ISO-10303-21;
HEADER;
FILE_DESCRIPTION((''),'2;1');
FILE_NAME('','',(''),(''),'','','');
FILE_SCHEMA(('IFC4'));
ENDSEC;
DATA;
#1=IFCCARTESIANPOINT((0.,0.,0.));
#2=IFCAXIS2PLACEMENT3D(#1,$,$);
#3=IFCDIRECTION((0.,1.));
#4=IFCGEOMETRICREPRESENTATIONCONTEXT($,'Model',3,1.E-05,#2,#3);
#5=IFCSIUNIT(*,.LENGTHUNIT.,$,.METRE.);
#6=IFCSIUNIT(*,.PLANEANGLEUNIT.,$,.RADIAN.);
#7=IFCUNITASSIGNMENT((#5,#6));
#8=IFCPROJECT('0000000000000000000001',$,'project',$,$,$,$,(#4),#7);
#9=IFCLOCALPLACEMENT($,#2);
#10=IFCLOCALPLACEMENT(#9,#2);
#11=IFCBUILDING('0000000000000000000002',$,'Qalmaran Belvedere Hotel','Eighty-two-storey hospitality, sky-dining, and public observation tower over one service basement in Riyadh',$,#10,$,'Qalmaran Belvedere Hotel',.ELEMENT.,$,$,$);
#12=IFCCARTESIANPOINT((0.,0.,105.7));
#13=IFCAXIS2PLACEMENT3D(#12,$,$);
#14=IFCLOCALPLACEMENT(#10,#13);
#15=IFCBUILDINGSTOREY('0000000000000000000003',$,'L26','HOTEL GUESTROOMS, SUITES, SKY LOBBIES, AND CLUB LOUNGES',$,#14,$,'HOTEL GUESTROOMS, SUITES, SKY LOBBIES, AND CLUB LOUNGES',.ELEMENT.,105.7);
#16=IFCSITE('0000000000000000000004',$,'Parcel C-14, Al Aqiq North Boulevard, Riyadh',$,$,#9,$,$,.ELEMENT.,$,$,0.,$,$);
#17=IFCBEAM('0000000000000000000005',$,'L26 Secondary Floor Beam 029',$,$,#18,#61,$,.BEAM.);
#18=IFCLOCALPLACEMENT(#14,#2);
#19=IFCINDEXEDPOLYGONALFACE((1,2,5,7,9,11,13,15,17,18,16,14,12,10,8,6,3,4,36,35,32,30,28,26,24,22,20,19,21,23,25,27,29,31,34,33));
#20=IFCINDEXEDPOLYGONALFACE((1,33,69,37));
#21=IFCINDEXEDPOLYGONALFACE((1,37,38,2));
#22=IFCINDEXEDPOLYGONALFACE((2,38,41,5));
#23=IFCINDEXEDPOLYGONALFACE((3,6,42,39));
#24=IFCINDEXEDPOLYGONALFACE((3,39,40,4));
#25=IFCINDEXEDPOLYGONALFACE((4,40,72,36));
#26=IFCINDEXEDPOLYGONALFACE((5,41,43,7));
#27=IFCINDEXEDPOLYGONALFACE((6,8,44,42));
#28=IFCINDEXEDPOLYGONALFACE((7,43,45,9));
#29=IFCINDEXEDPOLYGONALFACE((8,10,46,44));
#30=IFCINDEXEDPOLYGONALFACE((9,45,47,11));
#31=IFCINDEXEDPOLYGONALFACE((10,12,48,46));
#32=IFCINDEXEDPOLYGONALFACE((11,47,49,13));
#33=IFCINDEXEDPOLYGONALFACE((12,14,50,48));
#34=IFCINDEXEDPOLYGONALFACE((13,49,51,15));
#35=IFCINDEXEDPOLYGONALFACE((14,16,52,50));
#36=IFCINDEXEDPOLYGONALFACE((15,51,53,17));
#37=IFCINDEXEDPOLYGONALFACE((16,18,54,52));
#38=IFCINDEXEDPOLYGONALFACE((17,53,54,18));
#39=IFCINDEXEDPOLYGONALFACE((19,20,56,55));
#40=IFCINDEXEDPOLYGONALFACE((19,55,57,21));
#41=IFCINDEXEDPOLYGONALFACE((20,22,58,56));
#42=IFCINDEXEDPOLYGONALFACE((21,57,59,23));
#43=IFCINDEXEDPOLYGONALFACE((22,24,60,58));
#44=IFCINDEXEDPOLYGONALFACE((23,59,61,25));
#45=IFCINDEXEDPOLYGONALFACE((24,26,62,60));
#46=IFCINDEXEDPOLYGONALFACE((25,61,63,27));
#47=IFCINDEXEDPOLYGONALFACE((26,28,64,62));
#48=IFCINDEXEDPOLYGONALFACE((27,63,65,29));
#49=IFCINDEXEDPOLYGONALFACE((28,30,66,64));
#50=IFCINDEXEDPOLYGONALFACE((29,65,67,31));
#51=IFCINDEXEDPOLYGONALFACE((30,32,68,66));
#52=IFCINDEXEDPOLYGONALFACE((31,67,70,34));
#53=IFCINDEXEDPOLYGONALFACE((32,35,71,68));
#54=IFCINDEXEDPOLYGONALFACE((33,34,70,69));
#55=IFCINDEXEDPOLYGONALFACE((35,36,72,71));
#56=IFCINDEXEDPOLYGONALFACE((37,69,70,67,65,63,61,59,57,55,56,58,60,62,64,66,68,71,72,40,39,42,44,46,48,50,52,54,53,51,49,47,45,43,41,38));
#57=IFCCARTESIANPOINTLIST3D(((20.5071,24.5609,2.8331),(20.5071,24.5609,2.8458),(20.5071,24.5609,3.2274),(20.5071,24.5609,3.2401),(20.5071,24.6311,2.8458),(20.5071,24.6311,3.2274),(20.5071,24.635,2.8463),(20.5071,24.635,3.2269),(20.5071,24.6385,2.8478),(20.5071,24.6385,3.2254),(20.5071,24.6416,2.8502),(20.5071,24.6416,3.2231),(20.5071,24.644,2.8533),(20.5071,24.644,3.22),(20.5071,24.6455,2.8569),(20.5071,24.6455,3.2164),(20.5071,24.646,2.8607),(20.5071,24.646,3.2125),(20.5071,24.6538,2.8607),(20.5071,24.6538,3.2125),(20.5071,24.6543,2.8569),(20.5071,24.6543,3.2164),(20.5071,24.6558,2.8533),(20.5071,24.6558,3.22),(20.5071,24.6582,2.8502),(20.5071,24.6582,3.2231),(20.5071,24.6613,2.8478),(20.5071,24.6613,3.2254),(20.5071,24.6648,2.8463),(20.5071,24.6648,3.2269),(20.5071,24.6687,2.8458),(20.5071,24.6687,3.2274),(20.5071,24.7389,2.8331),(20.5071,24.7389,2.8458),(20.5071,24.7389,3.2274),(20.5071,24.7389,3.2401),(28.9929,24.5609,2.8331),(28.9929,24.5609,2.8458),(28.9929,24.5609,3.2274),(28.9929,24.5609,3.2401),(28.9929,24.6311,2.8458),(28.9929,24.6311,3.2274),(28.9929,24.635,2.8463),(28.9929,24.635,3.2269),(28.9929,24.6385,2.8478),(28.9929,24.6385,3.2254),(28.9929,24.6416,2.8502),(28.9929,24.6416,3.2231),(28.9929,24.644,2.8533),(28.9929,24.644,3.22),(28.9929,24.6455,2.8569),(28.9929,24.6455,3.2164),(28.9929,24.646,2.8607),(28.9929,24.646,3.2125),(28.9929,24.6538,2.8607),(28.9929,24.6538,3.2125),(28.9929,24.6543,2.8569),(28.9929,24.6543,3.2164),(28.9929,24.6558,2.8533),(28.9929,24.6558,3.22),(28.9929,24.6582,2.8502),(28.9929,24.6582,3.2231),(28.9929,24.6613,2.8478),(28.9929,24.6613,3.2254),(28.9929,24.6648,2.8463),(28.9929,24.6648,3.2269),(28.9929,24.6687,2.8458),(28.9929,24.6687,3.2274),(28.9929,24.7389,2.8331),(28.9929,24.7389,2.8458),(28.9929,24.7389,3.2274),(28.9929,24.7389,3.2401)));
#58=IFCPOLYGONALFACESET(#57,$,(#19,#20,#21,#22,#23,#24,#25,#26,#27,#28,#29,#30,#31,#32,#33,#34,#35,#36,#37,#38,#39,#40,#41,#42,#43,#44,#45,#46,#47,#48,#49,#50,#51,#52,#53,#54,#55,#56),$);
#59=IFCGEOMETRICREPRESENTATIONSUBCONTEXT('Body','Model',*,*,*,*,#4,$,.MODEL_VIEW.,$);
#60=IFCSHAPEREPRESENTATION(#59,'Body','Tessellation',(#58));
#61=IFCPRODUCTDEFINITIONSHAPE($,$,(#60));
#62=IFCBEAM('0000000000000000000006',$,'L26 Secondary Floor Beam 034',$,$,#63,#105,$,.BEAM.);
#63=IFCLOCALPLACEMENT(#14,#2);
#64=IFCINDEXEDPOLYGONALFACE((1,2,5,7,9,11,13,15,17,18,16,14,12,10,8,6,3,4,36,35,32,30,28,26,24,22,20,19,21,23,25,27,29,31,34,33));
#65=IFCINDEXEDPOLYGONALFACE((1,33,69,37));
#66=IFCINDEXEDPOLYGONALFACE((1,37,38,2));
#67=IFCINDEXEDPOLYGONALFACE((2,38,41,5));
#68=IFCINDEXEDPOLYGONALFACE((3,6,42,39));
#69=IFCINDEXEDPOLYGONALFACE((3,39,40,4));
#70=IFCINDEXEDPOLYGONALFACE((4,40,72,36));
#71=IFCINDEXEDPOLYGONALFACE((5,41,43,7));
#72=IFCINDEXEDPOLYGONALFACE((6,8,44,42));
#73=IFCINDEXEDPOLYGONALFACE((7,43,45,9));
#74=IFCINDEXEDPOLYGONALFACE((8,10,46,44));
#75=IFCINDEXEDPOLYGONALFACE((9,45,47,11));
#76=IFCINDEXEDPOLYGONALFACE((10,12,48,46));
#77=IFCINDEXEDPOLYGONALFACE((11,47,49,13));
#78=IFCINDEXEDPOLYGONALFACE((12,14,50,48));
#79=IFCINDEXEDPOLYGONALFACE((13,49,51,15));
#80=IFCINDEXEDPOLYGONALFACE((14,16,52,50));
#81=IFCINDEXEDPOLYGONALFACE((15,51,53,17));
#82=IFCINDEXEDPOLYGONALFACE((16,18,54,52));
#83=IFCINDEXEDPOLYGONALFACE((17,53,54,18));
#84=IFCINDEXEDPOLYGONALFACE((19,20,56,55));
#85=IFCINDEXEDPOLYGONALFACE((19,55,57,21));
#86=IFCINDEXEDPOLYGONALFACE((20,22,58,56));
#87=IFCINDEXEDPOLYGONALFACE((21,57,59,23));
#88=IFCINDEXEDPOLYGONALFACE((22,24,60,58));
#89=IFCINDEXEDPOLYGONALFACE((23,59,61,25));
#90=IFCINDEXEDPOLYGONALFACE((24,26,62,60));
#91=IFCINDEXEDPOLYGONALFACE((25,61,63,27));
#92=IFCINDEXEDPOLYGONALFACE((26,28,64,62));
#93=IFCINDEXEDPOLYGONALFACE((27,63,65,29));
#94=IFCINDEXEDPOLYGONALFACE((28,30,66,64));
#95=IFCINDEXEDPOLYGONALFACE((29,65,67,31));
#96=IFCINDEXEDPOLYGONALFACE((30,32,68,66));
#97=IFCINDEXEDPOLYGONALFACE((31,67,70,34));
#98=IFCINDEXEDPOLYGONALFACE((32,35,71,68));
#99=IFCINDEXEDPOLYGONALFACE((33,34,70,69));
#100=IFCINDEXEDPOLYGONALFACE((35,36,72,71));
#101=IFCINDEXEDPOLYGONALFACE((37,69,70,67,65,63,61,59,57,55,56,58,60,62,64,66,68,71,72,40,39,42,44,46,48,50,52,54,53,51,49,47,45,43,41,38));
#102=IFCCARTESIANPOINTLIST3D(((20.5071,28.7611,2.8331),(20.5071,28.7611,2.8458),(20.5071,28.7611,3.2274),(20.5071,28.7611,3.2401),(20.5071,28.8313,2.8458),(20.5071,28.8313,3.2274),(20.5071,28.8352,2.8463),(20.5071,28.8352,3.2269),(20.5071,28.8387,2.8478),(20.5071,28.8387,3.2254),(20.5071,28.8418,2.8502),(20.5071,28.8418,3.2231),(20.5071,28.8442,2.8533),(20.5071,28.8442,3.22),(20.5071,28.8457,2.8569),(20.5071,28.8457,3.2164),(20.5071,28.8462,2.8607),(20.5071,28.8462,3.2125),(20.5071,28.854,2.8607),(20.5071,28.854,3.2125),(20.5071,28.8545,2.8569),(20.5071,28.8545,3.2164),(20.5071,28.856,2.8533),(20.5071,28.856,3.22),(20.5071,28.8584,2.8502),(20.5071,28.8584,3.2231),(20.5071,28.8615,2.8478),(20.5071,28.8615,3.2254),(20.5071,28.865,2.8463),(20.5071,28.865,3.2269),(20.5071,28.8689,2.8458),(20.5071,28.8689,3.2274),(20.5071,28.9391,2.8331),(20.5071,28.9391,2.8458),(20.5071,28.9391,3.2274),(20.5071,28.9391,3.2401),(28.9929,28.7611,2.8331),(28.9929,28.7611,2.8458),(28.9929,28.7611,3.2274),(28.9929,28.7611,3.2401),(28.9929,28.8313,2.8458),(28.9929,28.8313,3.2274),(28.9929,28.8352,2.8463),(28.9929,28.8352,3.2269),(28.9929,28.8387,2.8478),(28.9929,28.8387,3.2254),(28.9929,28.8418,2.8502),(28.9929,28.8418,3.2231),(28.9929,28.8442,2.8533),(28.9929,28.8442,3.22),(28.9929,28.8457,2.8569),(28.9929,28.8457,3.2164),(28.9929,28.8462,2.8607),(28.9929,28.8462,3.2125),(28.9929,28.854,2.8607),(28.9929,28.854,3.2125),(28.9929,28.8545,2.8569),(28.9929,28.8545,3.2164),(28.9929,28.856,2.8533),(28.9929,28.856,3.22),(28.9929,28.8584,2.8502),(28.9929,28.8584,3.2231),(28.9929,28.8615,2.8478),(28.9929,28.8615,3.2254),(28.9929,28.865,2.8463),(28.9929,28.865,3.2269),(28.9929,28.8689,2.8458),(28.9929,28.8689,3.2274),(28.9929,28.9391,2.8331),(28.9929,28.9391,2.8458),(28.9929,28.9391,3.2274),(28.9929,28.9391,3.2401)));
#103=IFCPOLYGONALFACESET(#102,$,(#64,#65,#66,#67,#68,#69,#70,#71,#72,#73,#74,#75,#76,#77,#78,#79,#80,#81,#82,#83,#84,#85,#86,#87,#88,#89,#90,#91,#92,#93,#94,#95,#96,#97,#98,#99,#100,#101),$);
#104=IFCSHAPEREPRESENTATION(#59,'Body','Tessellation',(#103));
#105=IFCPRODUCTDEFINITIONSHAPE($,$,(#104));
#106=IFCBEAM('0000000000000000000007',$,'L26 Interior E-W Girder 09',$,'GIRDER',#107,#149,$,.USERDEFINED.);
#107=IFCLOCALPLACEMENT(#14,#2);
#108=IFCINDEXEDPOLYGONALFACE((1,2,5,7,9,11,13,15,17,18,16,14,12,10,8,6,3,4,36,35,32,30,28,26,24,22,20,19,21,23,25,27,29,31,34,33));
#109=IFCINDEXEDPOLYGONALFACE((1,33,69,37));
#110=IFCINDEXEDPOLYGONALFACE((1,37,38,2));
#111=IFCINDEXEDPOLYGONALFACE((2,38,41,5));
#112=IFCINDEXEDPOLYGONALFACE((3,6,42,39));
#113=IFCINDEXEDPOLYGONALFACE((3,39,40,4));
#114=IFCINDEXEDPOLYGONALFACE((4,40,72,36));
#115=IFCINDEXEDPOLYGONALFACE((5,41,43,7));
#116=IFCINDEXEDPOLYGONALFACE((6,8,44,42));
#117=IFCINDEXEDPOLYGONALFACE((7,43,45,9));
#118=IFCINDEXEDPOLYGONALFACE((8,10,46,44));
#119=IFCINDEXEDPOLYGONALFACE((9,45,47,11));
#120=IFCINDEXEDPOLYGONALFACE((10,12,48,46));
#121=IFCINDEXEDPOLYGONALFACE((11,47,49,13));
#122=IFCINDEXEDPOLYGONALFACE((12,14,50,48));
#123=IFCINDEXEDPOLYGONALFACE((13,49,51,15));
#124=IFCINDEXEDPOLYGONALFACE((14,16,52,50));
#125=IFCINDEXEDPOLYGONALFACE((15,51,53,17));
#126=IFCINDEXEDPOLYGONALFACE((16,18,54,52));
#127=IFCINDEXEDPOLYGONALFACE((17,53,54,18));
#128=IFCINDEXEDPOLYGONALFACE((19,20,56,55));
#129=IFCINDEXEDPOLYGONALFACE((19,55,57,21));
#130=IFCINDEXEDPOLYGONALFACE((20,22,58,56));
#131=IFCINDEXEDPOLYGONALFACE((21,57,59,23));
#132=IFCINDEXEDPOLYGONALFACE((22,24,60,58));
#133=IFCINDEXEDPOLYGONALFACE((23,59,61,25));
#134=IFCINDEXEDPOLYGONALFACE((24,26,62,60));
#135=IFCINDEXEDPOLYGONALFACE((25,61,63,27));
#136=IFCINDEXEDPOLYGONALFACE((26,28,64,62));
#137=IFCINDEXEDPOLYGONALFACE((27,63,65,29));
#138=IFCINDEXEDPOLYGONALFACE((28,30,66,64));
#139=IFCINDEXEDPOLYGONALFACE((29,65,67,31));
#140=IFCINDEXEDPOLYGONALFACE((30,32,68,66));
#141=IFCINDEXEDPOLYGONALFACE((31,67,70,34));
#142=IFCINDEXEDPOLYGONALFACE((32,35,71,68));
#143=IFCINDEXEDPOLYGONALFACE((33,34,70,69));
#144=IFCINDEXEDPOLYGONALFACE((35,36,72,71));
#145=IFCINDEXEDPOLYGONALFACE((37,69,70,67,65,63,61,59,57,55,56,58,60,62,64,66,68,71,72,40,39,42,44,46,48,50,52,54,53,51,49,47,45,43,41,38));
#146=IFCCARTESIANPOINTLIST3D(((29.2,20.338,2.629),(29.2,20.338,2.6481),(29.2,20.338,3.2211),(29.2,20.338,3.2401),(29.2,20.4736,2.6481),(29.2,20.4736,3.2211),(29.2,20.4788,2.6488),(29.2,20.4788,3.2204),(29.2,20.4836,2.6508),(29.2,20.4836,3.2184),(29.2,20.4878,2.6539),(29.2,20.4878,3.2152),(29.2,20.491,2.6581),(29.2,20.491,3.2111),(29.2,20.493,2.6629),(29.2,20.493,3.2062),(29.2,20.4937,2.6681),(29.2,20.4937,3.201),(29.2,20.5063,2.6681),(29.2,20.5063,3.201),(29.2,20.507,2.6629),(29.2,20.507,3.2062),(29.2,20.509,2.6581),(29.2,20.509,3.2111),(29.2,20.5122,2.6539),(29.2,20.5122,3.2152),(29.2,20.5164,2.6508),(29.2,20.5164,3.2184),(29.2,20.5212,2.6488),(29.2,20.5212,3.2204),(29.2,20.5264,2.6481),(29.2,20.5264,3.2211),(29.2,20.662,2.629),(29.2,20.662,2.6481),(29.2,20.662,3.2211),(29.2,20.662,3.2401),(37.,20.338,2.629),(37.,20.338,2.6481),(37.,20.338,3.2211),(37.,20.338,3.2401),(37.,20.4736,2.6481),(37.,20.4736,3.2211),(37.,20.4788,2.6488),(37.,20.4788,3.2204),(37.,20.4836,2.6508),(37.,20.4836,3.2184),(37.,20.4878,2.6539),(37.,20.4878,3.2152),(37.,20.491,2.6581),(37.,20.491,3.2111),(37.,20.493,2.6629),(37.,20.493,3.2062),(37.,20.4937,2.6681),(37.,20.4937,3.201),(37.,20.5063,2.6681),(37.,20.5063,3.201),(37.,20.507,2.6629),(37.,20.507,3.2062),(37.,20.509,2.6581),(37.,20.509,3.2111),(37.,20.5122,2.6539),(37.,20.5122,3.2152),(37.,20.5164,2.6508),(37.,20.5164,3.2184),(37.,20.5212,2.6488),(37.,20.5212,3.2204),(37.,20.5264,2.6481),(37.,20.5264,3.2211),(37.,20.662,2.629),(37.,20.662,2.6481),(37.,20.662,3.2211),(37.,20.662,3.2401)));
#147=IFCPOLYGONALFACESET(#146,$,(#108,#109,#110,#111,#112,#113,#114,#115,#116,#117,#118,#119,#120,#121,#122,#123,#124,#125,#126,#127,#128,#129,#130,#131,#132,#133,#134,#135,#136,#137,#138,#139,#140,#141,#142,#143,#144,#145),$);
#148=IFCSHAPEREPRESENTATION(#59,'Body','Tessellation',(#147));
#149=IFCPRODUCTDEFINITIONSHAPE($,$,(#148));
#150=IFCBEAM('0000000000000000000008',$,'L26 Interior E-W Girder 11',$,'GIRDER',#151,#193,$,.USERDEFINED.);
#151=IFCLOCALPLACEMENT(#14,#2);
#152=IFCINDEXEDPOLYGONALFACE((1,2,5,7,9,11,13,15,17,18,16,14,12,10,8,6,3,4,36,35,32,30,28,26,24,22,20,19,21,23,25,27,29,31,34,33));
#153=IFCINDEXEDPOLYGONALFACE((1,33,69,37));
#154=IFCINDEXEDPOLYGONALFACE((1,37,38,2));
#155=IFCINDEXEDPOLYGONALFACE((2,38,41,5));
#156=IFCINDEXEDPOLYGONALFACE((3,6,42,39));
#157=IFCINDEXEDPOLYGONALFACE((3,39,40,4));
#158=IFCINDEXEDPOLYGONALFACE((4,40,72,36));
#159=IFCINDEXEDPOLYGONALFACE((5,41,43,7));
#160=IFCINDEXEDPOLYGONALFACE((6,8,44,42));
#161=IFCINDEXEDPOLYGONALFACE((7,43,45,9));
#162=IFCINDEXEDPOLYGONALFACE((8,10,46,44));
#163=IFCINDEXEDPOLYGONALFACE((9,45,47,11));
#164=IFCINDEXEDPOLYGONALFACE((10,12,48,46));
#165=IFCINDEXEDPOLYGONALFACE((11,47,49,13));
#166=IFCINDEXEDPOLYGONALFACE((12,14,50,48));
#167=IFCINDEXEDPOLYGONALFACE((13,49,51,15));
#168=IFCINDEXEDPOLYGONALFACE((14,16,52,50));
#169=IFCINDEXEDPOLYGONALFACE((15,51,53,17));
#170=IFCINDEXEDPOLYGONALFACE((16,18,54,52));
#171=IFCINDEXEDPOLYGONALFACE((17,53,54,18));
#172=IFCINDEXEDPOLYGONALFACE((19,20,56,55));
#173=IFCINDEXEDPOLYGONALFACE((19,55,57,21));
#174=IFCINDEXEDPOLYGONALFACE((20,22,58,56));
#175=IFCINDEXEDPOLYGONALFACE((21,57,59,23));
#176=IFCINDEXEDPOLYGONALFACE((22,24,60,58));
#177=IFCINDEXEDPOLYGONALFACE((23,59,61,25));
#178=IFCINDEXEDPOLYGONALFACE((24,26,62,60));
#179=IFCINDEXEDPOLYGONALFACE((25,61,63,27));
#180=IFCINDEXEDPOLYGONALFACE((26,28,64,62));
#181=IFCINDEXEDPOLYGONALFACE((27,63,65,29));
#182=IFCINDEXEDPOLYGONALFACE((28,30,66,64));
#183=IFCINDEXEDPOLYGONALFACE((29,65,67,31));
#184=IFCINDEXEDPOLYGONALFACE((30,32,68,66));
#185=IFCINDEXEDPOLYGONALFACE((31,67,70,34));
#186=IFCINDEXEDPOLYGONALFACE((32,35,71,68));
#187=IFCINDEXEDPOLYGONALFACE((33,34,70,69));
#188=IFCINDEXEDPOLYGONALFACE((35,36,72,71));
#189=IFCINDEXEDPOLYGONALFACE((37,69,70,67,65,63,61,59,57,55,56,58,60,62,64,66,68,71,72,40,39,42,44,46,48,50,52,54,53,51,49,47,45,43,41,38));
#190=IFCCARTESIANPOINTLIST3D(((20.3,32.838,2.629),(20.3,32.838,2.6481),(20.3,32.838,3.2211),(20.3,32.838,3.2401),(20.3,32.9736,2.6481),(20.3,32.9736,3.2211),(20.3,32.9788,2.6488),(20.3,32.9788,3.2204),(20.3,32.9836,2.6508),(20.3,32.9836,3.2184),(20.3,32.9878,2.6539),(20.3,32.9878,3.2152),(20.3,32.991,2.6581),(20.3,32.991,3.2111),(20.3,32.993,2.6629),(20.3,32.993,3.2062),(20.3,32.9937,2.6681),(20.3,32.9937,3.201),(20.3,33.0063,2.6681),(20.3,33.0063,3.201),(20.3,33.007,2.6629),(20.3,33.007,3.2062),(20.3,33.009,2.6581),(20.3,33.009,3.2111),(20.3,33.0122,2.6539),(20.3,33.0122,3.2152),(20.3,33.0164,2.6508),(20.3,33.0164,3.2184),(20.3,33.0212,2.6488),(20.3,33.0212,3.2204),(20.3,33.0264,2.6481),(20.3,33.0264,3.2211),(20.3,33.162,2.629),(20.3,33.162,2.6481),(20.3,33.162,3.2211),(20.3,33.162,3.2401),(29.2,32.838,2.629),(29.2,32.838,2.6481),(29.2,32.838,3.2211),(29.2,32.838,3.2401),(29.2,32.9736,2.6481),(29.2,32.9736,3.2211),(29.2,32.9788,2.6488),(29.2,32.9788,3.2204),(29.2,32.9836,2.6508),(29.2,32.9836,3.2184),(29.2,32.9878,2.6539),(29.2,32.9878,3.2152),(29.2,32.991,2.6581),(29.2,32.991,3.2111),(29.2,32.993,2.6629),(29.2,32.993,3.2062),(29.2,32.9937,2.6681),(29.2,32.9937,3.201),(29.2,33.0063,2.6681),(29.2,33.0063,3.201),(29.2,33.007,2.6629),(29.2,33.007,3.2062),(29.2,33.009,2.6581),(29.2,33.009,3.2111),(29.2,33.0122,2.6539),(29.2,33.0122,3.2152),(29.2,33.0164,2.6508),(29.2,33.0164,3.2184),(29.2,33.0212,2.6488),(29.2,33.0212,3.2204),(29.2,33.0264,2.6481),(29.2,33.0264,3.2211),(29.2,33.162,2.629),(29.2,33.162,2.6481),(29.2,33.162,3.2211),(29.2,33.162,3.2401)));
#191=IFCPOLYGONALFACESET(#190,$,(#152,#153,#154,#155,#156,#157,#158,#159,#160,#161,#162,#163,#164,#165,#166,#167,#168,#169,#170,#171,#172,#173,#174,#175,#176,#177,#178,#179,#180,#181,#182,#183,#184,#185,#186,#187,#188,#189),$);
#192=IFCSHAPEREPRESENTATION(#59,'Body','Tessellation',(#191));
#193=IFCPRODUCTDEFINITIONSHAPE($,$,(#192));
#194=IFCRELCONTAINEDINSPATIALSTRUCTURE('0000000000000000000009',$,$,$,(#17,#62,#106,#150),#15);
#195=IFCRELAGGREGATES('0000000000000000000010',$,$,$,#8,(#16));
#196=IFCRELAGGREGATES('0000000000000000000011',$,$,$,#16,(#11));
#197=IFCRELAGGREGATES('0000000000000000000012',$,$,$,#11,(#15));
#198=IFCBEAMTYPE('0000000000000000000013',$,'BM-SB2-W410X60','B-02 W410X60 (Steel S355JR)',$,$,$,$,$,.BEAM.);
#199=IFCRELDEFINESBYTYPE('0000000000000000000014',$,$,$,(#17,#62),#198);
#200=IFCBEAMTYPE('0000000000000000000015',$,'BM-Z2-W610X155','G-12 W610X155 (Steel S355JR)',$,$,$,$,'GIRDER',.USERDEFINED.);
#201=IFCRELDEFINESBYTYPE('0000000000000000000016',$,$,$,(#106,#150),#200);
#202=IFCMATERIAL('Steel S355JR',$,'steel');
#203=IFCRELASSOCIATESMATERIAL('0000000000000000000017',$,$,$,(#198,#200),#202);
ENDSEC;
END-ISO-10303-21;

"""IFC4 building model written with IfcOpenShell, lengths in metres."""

from ifc_helpers import new_model, si_unit, direction, frame, origin, origin_2d, place, context, subcontext, project, spatial, i_section, extrude, material, material_profile, profile_set, type_object, element, save


model = new_model("IFC4")

# Units and contexts
model_context = context("Model", 3, precision=1e-05, world=origin(), true_north=direction((0.0, 1.0)))
body_context = subcontext(model_context, "Body", "Model", "MODEL_VIEW")
ifc_project = project(units=[si_unit("LENGTHUNIT", "METRE"), si_unit("PLANEANGLEUNIT", "RADIAN")], contexts=[model_context])

# Site, building, storey
site_placement = place(None, origin())
site = spatial("IfcSite", under=ifc_project, at=site_placement, Name="Parcel C-14, Al Aqiq North Boulevard, Riyadh", CompositionType="ELEMENT", RefElevation=0.0)
building_placement = place(site_placement, origin())
building = spatial("IfcBuilding", under=site, at=building_placement, Name="Qalmaran Belvedere Hotel", Description="Eighty-two-storey hospitality, sky-dining, and public observation tower over one service basement in Riyadh", LongName="Qalmaran Belvedere Hotel", CompositionType="ELEMENT")
storey_placement = place(building_placement, frame((0.0, 0.0, 105.7)))
storey = spatial("IfcBuildingStorey", under=building, at=storey_placement, Name="L26", Description="HOTEL GUESTROOMS, SUITES, SKY LOBBIES, AND CLUB LOUNGES", LongName="HOTEL GUESTROOMS, SUITES, SKY LOBBIES, AND CLUB LOUNGES", CompositionType="ELEMENT", Elevation=105.7)

# Beams
ifc_material_1 = material(Name="Steel S355JR", Category="steel")
ifc_material_profile_1 = material_profile(ifc_material_1, i_section(OverallWidth=0.178, OverallDepth=0.407, WebThickness=0.0078, FlangeThickness=0.0127, FilletRadius=0.0149, at=origin_2d()), Name="W410X60")
ifc_profile_set_1 = profile_set([ifc_material_profile_1], Name="Steel S355JR")
beam_type_1 = type_object("IfcBeamType", Name="BM-SB2-W410X60", Description="B-02 W410X60 (Steel S355JR)", PredefinedType="BEAM", material=ifc_profile_set_1)
for number, where, z_axis, x_axis, name in (
    (1, (20.5071, 24.6499, 3.0366), (1.0, 0.0, 0.0), (0.0, 1.0, 0.0), "L26 Secondary Floor Beam 029"),
    (2, (20.5071, 28.8501, 3.0366), (1.0, 0.0, 0.0), (0.0, 1.0, 0.0), "L26 Secondary Floor Beam 034"),
):
    element("IfcBeam", number, at=place(storey_placement, frame(where, z_axis=z_axis, x_axis=x_axis)), inside=storey, type_object=beam_type_1, Name=name, PredefinedType="BEAM", context=body_context, shape_type="SweptSolid", body=[
        extrude(i_section(OverallWidth=0.178, OverallDepth=0.407, WebThickness=0.0078, FlangeThickness=0.0127, FilletRadius=0.0149, at=origin_2d()), origin(), (0.0, 0.0, 1.0), 8.4858),
    ])
ifc_material_profile_2 = material_profile(ifc_material_1, i_section(OverallWidth=0.324, OverallDepth=0.6111, WebThickness=0.0127, FlangeThickness=0.019, FilletRadius=0.02, at=origin_2d()), Name="W610X155")
ifc_profile_set_2 = profile_set([ifc_material_profile_2], Name="Steel S355JR")
beam_type_2 = type_object("IfcBeamType", Name="BM-Z2-W610X155", Description="G-12 W610X155 (Steel S355JR)", ElementType="GIRDER", PredefinedType="USERDEFINED", material=ifc_profile_set_2)
beam_1_placement = place(storey_placement, frame((29.2, 20.5, 2.9346), z_axis=(1.0, 0.0, 0.0), x_axis=(0.0, 1.0, 0.0)))
element("IfcBeam", 3, at=beam_1_placement, inside=storey, type_object=beam_type_2, Name="L26 Interior E-W Girder 09", ObjectType="GIRDER", PredefinedType="USERDEFINED", context=body_context, shape_type="SweptSolid", body=[
    extrude(i_section(OverallWidth=0.324, OverallDepth=0.6111, WebThickness=0.0127, FlangeThickness=0.019, FilletRadius=0.02, at=origin_2d()), origin(), (0.0, 0.0, 1.0), 7.8),
])
beam_2_placement = place(storey_placement, frame((20.3, 33.0, 2.9346), z_axis=(1.0, 0.0, 0.0), x_axis=(0.0, 1.0, 0.0)))
element("IfcBeam", 4, at=beam_2_placement, inside=storey, type_object=beam_type_2, Name="L26 Interior E-W Girder 11", ObjectType="GIRDER", PredefinedType="USERDEFINED", context=body_context, shape_type="SweptSolid", body=[
    extrude(i_section(OverallWidth=0.324, OverallDepth=0.6111, WebThickness=0.0127, FlangeThickness=0.019, FilletRadius=0.02, at=origin_2d()), origin(), (0.0, 0.0, 1.0), 8.8999),
])

save(model, "model.ifc")
